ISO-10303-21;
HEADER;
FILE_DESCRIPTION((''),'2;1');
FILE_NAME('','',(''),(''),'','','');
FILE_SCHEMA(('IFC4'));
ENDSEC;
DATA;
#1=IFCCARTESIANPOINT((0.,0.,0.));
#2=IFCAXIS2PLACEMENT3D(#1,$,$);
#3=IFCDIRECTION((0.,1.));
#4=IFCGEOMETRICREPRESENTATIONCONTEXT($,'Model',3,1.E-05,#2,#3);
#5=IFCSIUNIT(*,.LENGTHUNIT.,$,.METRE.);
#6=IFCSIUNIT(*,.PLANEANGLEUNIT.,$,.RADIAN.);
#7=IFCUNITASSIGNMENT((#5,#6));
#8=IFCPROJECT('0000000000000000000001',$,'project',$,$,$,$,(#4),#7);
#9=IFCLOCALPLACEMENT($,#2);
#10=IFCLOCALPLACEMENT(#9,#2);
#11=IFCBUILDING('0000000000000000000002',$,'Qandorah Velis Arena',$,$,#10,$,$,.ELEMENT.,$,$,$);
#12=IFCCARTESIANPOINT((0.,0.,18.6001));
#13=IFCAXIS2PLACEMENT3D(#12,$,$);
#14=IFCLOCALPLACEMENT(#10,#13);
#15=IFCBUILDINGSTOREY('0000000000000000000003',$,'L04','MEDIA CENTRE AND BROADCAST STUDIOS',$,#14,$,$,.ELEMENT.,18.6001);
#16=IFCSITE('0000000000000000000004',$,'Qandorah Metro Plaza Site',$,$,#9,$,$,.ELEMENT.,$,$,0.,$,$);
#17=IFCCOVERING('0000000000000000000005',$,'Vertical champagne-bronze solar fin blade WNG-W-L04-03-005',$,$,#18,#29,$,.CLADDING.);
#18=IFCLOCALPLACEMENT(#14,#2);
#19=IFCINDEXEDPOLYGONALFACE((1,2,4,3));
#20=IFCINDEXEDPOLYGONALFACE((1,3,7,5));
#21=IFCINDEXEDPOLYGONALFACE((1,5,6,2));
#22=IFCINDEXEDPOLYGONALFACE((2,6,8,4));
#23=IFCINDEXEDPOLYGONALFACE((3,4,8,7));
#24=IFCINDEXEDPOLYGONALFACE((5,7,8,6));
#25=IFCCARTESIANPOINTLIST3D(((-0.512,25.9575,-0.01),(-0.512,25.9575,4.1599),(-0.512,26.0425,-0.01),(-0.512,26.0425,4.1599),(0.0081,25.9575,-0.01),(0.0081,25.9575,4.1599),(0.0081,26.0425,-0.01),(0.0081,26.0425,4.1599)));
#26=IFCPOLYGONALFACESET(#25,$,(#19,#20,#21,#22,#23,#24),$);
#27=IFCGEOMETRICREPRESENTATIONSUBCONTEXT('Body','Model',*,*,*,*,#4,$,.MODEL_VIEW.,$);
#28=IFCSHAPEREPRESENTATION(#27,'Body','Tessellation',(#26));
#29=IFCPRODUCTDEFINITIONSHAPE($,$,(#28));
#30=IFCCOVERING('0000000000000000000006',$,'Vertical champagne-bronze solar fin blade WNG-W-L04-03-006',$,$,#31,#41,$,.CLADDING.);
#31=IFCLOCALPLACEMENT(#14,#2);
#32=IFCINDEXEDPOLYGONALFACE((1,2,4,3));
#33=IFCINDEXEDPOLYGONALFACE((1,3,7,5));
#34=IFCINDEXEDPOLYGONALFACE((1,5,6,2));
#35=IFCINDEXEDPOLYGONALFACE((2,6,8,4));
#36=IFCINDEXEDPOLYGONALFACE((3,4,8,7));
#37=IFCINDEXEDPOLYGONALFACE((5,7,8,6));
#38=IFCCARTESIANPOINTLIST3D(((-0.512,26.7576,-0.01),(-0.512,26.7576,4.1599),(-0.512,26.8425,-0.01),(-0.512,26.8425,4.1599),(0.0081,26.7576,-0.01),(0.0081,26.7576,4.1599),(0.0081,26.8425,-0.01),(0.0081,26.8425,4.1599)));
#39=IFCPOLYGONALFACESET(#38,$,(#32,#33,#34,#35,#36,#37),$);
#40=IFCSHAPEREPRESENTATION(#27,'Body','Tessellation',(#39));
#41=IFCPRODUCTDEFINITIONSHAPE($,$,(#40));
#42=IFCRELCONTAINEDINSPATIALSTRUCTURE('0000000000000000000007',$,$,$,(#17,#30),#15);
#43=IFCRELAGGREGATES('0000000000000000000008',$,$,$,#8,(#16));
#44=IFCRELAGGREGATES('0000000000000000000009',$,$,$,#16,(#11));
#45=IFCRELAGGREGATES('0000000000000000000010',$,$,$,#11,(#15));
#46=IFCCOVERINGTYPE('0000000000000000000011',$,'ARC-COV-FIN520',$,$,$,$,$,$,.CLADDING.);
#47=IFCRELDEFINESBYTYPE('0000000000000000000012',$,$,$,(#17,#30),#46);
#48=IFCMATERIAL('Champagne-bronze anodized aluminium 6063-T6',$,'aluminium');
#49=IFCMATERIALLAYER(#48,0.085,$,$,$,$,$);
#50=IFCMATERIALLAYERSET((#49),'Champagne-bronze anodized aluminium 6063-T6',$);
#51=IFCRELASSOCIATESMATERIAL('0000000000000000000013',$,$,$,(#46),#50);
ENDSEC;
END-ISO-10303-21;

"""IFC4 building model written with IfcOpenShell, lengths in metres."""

from ifc_helpers import new_model, si_unit, direction, frame, origin, origin_2d, place, context, subcontext, project, spatial, rectangle, extrude, material, layer, layer_set, type_object, element, save


model = new_model("IFC4")

# Units and contexts
model_context = context("Model", 3, precision=1e-05, world=origin(), true_north=direction((0.0, 1.0)))
body_context = subcontext(model_context, "Body", "Model", "MODEL_VIEW")
ifc_project = project(units=[si_unit("LENGTHUNIT", "METRE"), si_unit("PLANEANGLEUNIT", "RADIAN")], contexts=[model_context])

# Site, building, storey
site_placement = place(None, origin())
site = spatial("IfcSite", under=ifc_project, at=site_placement, Name="Qandorah Metro Plaza Site", CompositionType="ELEMENT", RefElevation=0.0)
building_placement = place(site_placement, origin())
building = spatial("IfcBuilding", under=site, at=building_placement, Name="Qandorah Velis Arena", CompositionType="ELEMENT")
storey_placement = place(building_placement, frame((0.0, 0.0, 18.6001)))
storey = spatial("IfcBuildingStorey", under=building, at=storey_placement, Name="L04", Description="MEDIA CENTRE AND BROADCAST STUDIOS", CompositionType="ELEMENT", Elevation=18.6001)

# Shared definitions
ifc_material_1 = material(Name="Champagne-bronze anodized aluminium 6063-T6", Category="aluminium")

# Coverings
ifc_layer_1 = layer(ifc_material_1, 0.085)
ifc_layer_set_1 = layer_set([ifc_layer_1], Name="Champagne-bronze anodized aluminium 6063-T6")
covering_type = type_object("IfcCoveringType", Name="ARC-COV-FIN520", PredefinedType="CLADDING", material=ifc_layer_set_1)
for number, where, z_axis, x_axis, name in (
    (1, (-0.252, 26.0, -0.01), (0.0, 0.0, 1.0), (1.0, 0.0, 0.0), "Vertical champagne-bronze solar fin blade WNG-W-L04-03-005"),
    (2, (-0.252, 26.8, -0.01), (0.0, 0.0, 1.0), (1.0, 0.0, 0.0), "Vertical champagne-bronze solar fin blade WNG-W-L04-03-006"),
):
    element("IfcCovering", number, at=place(storey_placement, frame(where, z_axis=z_axis, x_axis=x_axis)), inside=storey, type_object=covering_type, Name=name, PredefinedType="CLADDING", context=body_context, shape_type="SweptSolid", body=[
        extrude(rectangle(XDim=0.52, YDim=0.085, at=origin_2d()), origin(), (0.0, 0.0, 1.0), 4.1699),
    ])

save(model, "model.ifc")
